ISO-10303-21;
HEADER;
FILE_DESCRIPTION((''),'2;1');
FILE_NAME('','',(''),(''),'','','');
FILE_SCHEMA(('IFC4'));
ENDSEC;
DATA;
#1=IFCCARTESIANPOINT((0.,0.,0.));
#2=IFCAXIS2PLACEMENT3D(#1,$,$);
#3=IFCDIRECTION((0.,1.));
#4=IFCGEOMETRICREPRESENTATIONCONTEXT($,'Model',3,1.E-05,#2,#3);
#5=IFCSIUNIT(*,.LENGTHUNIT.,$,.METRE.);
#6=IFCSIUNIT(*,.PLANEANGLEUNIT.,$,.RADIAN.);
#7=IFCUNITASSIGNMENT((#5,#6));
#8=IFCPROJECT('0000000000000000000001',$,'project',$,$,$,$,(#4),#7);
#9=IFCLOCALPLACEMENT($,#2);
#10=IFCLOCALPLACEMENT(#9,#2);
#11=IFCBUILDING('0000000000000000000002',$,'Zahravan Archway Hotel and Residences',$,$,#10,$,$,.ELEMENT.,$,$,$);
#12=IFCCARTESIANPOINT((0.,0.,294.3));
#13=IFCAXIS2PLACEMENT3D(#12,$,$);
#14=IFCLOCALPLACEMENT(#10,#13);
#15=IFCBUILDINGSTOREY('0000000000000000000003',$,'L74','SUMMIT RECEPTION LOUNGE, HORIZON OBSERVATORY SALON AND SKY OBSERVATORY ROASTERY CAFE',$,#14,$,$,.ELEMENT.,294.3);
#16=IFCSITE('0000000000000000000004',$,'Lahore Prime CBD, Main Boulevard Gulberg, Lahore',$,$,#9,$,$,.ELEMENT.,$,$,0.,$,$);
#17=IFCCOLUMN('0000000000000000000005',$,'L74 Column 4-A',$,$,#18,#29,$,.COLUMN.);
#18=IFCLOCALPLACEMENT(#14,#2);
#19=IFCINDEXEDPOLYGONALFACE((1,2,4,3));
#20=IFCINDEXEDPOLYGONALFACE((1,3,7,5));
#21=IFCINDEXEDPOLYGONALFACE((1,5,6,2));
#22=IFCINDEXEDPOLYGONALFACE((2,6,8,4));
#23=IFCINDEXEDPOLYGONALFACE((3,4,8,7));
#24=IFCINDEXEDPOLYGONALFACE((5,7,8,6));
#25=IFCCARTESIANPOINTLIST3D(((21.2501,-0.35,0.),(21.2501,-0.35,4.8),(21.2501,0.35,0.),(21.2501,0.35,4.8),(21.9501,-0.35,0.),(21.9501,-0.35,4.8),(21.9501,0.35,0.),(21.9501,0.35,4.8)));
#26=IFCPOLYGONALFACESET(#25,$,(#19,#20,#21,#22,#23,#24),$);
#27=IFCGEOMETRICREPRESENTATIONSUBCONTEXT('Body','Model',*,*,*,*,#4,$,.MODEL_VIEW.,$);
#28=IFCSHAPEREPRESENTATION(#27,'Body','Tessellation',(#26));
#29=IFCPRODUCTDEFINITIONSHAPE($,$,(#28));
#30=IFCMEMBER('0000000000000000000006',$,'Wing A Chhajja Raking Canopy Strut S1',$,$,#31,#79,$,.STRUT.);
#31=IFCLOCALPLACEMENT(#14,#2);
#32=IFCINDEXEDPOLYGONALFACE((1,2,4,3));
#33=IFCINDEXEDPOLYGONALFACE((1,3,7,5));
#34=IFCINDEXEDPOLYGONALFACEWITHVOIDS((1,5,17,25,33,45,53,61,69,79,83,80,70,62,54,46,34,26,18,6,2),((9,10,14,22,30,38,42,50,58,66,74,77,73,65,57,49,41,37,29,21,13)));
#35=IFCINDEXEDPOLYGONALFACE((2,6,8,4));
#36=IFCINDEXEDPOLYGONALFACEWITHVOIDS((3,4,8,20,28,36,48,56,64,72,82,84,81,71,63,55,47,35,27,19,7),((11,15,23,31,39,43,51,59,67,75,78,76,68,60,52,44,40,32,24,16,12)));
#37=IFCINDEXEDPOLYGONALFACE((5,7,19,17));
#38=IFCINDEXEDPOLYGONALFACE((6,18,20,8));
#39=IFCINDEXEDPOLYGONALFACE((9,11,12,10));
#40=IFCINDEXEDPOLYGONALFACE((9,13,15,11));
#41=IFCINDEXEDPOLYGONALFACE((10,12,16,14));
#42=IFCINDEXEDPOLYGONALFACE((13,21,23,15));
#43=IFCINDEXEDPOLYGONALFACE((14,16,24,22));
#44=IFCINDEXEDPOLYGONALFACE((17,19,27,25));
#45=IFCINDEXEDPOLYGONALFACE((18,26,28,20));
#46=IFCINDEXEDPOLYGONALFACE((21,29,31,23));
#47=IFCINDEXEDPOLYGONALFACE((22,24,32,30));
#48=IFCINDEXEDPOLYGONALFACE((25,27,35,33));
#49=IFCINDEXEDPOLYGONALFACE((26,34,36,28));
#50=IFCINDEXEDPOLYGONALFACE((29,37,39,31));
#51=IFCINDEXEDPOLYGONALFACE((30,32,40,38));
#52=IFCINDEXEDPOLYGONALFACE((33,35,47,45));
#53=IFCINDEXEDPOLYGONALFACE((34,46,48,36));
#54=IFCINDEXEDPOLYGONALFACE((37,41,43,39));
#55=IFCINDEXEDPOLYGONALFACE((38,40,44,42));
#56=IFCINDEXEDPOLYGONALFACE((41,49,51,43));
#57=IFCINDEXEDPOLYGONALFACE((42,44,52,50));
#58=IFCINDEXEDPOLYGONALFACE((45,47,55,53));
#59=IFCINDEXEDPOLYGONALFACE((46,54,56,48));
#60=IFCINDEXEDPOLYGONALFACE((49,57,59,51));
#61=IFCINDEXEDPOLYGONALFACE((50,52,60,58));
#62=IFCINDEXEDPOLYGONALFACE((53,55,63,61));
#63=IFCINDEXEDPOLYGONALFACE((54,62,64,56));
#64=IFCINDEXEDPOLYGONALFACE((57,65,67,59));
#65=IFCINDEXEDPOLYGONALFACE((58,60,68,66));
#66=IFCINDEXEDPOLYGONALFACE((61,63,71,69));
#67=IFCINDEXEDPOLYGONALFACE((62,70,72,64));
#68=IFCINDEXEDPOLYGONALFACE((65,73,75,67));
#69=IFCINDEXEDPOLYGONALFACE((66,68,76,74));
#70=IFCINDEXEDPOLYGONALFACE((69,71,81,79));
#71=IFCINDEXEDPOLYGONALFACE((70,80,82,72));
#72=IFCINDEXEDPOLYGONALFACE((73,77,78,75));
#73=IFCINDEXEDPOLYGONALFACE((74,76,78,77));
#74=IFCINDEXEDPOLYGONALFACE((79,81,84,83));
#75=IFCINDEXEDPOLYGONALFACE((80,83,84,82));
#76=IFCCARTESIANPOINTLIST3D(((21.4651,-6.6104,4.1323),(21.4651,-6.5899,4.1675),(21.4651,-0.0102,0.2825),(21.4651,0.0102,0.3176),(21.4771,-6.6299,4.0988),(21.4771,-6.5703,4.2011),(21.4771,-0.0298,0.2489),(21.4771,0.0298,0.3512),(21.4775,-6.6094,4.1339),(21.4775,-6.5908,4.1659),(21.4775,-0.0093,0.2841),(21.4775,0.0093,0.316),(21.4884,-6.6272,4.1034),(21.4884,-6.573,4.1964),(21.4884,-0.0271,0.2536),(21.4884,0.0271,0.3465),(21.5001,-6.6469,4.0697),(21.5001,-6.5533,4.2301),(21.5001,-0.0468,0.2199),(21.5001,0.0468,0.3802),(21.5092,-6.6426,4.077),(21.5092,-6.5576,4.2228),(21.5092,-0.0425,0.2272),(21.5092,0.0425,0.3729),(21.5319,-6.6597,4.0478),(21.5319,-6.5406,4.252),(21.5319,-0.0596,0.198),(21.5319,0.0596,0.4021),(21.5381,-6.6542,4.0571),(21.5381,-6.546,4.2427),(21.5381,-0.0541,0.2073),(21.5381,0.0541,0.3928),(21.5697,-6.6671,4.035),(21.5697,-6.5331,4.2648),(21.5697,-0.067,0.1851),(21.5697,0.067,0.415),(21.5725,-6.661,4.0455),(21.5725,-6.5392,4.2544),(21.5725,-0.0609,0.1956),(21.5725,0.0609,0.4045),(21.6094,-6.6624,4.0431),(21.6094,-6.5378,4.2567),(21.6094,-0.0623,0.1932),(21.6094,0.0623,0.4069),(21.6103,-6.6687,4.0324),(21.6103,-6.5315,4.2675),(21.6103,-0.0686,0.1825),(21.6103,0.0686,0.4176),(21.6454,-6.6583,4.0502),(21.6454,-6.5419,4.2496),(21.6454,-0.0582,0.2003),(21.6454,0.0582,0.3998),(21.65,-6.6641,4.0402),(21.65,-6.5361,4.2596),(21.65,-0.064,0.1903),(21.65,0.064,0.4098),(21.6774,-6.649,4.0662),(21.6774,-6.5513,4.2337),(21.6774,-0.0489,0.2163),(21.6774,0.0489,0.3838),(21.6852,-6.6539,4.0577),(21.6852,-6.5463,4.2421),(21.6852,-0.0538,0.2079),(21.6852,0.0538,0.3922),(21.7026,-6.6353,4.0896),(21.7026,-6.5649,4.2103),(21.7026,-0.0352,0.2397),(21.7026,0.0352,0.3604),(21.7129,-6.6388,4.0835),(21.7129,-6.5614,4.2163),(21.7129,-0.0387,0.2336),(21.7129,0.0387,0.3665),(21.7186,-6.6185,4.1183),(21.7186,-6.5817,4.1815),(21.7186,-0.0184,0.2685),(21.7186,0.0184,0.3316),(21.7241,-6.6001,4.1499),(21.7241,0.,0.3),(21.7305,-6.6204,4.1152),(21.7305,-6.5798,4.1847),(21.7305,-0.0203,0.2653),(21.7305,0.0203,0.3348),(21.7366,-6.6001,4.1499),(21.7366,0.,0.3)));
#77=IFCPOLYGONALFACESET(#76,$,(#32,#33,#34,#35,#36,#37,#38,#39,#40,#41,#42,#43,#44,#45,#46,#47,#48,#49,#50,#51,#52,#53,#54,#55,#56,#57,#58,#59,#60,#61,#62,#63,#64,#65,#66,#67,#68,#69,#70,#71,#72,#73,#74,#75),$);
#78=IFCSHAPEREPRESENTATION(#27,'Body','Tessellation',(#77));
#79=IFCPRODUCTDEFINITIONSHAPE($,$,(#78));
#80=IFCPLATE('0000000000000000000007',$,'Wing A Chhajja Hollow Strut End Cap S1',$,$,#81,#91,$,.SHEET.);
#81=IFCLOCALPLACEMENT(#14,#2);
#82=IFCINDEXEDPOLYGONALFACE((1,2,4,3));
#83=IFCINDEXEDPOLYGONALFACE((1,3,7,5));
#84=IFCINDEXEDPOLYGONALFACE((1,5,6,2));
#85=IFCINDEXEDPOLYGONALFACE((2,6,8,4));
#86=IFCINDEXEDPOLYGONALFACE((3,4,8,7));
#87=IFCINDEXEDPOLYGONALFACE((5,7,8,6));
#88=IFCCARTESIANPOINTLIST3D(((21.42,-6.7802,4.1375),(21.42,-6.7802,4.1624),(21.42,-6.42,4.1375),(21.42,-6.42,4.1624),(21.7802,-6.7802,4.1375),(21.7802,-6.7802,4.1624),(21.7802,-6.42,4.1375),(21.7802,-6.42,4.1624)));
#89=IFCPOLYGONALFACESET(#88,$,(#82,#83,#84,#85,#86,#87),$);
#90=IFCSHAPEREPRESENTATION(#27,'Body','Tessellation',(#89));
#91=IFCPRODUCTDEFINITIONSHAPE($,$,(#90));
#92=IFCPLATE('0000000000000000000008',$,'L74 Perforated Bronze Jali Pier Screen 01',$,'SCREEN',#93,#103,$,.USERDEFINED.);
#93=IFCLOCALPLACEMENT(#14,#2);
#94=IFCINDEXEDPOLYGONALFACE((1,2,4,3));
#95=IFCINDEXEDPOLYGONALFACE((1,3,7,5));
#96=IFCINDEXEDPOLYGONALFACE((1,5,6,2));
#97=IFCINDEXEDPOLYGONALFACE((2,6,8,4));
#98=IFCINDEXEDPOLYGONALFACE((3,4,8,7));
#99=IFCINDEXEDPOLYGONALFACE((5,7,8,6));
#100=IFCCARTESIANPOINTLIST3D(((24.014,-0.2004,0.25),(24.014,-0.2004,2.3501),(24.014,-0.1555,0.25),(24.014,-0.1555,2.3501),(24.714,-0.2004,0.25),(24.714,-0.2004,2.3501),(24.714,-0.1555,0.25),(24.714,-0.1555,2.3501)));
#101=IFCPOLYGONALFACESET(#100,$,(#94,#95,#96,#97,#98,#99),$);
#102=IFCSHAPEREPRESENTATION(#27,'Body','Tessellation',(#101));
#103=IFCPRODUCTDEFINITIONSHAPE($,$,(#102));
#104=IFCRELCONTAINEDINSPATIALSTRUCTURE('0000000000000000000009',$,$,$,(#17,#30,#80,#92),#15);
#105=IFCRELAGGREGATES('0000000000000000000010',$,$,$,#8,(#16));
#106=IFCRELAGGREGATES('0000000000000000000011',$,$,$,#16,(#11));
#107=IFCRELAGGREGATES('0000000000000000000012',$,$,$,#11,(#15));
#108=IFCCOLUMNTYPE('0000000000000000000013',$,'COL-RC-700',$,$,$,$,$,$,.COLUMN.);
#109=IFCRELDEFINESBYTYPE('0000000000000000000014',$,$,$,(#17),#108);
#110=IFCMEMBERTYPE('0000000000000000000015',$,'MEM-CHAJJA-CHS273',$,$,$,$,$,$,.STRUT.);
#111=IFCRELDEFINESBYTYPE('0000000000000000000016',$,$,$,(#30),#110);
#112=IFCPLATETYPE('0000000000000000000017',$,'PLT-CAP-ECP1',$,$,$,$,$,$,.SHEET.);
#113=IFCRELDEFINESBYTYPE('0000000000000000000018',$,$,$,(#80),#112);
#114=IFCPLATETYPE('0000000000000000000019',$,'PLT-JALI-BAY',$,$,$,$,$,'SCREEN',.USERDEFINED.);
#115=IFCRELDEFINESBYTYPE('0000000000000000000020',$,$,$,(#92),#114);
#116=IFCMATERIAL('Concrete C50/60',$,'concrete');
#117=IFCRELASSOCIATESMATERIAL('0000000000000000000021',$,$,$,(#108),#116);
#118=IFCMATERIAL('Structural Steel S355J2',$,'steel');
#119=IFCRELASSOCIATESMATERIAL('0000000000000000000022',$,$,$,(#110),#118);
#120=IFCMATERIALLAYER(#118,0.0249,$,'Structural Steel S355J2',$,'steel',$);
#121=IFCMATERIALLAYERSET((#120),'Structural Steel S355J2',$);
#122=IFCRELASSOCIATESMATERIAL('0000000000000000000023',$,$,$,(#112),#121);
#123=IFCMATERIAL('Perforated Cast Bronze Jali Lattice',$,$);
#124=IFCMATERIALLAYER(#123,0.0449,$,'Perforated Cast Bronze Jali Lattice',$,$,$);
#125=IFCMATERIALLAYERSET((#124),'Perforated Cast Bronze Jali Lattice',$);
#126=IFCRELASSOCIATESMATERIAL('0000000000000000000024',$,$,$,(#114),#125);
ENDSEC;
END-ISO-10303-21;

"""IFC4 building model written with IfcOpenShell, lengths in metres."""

from ifc_helpers import new_model, si_unit, direction, frame, origin, origin_2d, place, context, subcontext, project, spatial, rectangle, hollow_circle, extrude, source, transform, mapped, material, layer, layer_set, material_profile, profile_set, type_object, type_shapes, element, save


model = new_model("IFC4")

# Units and contexts
model_context = context("Model", 3, precision=1e-05, world=origin(), true_north=direction((0.0, 1.0)))
body_context = subcontext(model_context, "Body", "Model", "MODEL_VIEW")
ifc_project = project(units=[si_unit("LENGTHUNIT", "METRE"), si_unit("PLANEANGLEUNIT", "RADIAN")], contexts=[model_context])

# Site, building, storey
site_placement = place(None, origin())
site = spatial("IfcSite", under=ifc_project, at=site_placement, Name="Lahore Prime CBD, Main Boulevard Gulberg, Lahore", CompositionType="ELEMENT", RefElevation=0.0)
building_placement = place(site_placement, origin())
building = spatial("IfcBuilding", under=site, at=building_placement, Name="Zahravan Archway Hotel and Residences", CompositionType="ELEMENT")
storey_placement = place(building_placement, frame((0.0, 0.0, 294.3)))
storey = spatial("IfcBuildingStorey", under=building, at=storey_placement, Name="L74", Description="SUMMIT RECEPTION LOUNGE, HORIZON OBSERVATORY SALON AND SKY OBSERVATORY ROASTERY CAFE", CompositionType="ELEMENT", Elevation=294.3)

# Column
ifc_material_1 = material(Name="Concrete C50/60", Category="concrete")
ifc_material_profile_1 = material_profile(ifc_material_1, rectangle(XDim=0.7, YDim=0.7, at=origin_2d()), Name="RC-COL-700x700", Category="concrete")
ifc_profile_set_1 = profile_set([ifc_material_profile_1], Name="Concrete C50/60")
column_type = type_object("IfcColumnType", Name="COL-RC-700", PredefinedType="COLUMN", material=ifc_profile_set_1)
shared_shape_1 = source(origin(), body_context, "Body", "SweptSolid", [
    extrude(rectangle(XDim=0.7, YDim=0.7, at=origin_2d()), origin(), (0.0, 0.0, 1.0), 4.8),
])
column_placement = place(storey_placement, frame((21.6001, 0.0, 0.0), z_axis=(0.0, 0.0, 1.0), x_axis=(1.0, 0.0, 0.0)))
element("IfcColumn", 1, at=column_placement, inside=storey, type_object=column_type, Name="L74 Column 4-A", PredefinedType="COLUMN", context=body_context, shape_type="MappedRepresentation", body=[
    mapped(shared_shape_1, transform((0.0, 0.0, 0.0), scale=1.0)),
])

# Member
ifc_material_2 = material(Name="Structural Steel S355J2", Category="steel")
ifc_material_profile_2 = material_profile(ifc_material_2, hollow_circle(Radius=0.1365, WallThickness=0.0125, at=origin_2d()), Name="CHS 273x12.5", Category="steel")
ifc_profile_set_2 = profile_set([ifc_material_profile_2], Name="Structural Steel S355J2")
member_type = type_object("IfcMemberType", Name="MEM-CHAJJA-CHS273", PredefinedType="STRUT", material=ifc_profile_set_2)
shared_shape_2 = source(origin(), body_context, "Body", "SweptSolid", [
    extrude(hollow_circle(Radius=0.1365, WallThickness=0.0125, at=origin_2d()), origin(), (0.0, 0.0, 1.0), 7.6409),
])
member_placement = place(storey_placement, frame((21.6001, 0.0, 0.3), z_axis=(0.0, -0.86379, 0.503851), x_axis=(1.0, 0.0, 0.0)))
element("IfcMember", 2, at=member_placement, inside=storey, type_object=member_type, Name="Wing A Chhajja Raking Canopy Strut S1", PredefinedType="STRUT", context=body_context, shape_type="MappedRepresentation", body=[
    mapped(shared_shape_2, transform((0.0, 0.0, 0.0), scale=1.0)),
])

# Plates
ifc_layer_1 = layer(ifc_material_2, 0.0249, Name="Structural Steel S355J2", Category="steel")
ifc_layer_set_1 = layer_set([ifc_layer_1], Name="Structural Steel S355J2")
plate_type_1 = type_object("IfcPlateType", Name="PLT-CAP-ECP1", PredefinedType="SHEET", material=ifc_layer_set_1)
shared_shape_3 = source(origin(), body_context, "Body", "SweptSolid", [
    extrude(rectangle(XDim=0.3601, YDim=0.3601, at=origin_2d()), origin(), (0.0, 0.0, 1.0), 0.0249),
])
type_shapes(plate_type_1, [shared_shape_3])
plate_1_placement = place(storey_placement, frame((21.6001, -6.6001, 4.1375), z_axis=(0.0, 0.0, 1.0), x_axis=(1.0, 0.0, 0.0)))
element("IfcPlate", 3, at=plate_1_placement, inside=storey, type_object=plate_type_1, Name="Wing A Chhajja Hollow Strut End Cap S1", PredefinedType="SHEET", context=body_context, shape_type="MappedRepresentation", body=[
    mapped(shared_shape_3, transform((0.0, 0.0, 0.0), scale=1.0)),
])
ifc_material_3 = material(Name="Perforated Cast Bronze Jali Lattice")
ifc_layer_2 = layer(ifc_material_3, 0.0449, Name="Perforated Cast Bronze Jali Lattice")
ifc_layer_set_2 = layer_set([ifc_layer_2], Name="Perforated Cast Bronze Jali Lattice")
plate_type_2 = type_object("IfcPlateType", Name="PLT-JALI-BAY", ElementType="SCREEN", PredefinedType="USERDEFINED", material=ifc_layer_set_2)
shared_shape_4 = source(origin(), body_context, "Body", "SweptSolid", [
    extrude(rectangle(XDim=0.7, YDim=0.0449, at=origin_2d()), origin(), (0.0, 0.0, 1.0), 2.1001),
])
type_shapes(plate_type_2, [shared_shape_4])
plate_2_placement = place(storey_placement, frame((24.364, -0.178, 0.25), z_axis=(0.0, 0.0, 1.0), x_axis=(1.0, 0.0, 0.0)))
element("IfcPlate", 4, at=plate_2_placement, inside=storey, type_object=plate_type_2, Name="L74 Perforated Bronze Jali Pier Screen 01", ObjectType="SCREEN", PredefinedType="USERDEFINED", context=body_context, shape_type="MappedRepresentation", body=[
    mapped(shared_shape_4, transform((0.0, 0.0, 0.0), scale=1.0)),
])

save(model, "model.ifc")
